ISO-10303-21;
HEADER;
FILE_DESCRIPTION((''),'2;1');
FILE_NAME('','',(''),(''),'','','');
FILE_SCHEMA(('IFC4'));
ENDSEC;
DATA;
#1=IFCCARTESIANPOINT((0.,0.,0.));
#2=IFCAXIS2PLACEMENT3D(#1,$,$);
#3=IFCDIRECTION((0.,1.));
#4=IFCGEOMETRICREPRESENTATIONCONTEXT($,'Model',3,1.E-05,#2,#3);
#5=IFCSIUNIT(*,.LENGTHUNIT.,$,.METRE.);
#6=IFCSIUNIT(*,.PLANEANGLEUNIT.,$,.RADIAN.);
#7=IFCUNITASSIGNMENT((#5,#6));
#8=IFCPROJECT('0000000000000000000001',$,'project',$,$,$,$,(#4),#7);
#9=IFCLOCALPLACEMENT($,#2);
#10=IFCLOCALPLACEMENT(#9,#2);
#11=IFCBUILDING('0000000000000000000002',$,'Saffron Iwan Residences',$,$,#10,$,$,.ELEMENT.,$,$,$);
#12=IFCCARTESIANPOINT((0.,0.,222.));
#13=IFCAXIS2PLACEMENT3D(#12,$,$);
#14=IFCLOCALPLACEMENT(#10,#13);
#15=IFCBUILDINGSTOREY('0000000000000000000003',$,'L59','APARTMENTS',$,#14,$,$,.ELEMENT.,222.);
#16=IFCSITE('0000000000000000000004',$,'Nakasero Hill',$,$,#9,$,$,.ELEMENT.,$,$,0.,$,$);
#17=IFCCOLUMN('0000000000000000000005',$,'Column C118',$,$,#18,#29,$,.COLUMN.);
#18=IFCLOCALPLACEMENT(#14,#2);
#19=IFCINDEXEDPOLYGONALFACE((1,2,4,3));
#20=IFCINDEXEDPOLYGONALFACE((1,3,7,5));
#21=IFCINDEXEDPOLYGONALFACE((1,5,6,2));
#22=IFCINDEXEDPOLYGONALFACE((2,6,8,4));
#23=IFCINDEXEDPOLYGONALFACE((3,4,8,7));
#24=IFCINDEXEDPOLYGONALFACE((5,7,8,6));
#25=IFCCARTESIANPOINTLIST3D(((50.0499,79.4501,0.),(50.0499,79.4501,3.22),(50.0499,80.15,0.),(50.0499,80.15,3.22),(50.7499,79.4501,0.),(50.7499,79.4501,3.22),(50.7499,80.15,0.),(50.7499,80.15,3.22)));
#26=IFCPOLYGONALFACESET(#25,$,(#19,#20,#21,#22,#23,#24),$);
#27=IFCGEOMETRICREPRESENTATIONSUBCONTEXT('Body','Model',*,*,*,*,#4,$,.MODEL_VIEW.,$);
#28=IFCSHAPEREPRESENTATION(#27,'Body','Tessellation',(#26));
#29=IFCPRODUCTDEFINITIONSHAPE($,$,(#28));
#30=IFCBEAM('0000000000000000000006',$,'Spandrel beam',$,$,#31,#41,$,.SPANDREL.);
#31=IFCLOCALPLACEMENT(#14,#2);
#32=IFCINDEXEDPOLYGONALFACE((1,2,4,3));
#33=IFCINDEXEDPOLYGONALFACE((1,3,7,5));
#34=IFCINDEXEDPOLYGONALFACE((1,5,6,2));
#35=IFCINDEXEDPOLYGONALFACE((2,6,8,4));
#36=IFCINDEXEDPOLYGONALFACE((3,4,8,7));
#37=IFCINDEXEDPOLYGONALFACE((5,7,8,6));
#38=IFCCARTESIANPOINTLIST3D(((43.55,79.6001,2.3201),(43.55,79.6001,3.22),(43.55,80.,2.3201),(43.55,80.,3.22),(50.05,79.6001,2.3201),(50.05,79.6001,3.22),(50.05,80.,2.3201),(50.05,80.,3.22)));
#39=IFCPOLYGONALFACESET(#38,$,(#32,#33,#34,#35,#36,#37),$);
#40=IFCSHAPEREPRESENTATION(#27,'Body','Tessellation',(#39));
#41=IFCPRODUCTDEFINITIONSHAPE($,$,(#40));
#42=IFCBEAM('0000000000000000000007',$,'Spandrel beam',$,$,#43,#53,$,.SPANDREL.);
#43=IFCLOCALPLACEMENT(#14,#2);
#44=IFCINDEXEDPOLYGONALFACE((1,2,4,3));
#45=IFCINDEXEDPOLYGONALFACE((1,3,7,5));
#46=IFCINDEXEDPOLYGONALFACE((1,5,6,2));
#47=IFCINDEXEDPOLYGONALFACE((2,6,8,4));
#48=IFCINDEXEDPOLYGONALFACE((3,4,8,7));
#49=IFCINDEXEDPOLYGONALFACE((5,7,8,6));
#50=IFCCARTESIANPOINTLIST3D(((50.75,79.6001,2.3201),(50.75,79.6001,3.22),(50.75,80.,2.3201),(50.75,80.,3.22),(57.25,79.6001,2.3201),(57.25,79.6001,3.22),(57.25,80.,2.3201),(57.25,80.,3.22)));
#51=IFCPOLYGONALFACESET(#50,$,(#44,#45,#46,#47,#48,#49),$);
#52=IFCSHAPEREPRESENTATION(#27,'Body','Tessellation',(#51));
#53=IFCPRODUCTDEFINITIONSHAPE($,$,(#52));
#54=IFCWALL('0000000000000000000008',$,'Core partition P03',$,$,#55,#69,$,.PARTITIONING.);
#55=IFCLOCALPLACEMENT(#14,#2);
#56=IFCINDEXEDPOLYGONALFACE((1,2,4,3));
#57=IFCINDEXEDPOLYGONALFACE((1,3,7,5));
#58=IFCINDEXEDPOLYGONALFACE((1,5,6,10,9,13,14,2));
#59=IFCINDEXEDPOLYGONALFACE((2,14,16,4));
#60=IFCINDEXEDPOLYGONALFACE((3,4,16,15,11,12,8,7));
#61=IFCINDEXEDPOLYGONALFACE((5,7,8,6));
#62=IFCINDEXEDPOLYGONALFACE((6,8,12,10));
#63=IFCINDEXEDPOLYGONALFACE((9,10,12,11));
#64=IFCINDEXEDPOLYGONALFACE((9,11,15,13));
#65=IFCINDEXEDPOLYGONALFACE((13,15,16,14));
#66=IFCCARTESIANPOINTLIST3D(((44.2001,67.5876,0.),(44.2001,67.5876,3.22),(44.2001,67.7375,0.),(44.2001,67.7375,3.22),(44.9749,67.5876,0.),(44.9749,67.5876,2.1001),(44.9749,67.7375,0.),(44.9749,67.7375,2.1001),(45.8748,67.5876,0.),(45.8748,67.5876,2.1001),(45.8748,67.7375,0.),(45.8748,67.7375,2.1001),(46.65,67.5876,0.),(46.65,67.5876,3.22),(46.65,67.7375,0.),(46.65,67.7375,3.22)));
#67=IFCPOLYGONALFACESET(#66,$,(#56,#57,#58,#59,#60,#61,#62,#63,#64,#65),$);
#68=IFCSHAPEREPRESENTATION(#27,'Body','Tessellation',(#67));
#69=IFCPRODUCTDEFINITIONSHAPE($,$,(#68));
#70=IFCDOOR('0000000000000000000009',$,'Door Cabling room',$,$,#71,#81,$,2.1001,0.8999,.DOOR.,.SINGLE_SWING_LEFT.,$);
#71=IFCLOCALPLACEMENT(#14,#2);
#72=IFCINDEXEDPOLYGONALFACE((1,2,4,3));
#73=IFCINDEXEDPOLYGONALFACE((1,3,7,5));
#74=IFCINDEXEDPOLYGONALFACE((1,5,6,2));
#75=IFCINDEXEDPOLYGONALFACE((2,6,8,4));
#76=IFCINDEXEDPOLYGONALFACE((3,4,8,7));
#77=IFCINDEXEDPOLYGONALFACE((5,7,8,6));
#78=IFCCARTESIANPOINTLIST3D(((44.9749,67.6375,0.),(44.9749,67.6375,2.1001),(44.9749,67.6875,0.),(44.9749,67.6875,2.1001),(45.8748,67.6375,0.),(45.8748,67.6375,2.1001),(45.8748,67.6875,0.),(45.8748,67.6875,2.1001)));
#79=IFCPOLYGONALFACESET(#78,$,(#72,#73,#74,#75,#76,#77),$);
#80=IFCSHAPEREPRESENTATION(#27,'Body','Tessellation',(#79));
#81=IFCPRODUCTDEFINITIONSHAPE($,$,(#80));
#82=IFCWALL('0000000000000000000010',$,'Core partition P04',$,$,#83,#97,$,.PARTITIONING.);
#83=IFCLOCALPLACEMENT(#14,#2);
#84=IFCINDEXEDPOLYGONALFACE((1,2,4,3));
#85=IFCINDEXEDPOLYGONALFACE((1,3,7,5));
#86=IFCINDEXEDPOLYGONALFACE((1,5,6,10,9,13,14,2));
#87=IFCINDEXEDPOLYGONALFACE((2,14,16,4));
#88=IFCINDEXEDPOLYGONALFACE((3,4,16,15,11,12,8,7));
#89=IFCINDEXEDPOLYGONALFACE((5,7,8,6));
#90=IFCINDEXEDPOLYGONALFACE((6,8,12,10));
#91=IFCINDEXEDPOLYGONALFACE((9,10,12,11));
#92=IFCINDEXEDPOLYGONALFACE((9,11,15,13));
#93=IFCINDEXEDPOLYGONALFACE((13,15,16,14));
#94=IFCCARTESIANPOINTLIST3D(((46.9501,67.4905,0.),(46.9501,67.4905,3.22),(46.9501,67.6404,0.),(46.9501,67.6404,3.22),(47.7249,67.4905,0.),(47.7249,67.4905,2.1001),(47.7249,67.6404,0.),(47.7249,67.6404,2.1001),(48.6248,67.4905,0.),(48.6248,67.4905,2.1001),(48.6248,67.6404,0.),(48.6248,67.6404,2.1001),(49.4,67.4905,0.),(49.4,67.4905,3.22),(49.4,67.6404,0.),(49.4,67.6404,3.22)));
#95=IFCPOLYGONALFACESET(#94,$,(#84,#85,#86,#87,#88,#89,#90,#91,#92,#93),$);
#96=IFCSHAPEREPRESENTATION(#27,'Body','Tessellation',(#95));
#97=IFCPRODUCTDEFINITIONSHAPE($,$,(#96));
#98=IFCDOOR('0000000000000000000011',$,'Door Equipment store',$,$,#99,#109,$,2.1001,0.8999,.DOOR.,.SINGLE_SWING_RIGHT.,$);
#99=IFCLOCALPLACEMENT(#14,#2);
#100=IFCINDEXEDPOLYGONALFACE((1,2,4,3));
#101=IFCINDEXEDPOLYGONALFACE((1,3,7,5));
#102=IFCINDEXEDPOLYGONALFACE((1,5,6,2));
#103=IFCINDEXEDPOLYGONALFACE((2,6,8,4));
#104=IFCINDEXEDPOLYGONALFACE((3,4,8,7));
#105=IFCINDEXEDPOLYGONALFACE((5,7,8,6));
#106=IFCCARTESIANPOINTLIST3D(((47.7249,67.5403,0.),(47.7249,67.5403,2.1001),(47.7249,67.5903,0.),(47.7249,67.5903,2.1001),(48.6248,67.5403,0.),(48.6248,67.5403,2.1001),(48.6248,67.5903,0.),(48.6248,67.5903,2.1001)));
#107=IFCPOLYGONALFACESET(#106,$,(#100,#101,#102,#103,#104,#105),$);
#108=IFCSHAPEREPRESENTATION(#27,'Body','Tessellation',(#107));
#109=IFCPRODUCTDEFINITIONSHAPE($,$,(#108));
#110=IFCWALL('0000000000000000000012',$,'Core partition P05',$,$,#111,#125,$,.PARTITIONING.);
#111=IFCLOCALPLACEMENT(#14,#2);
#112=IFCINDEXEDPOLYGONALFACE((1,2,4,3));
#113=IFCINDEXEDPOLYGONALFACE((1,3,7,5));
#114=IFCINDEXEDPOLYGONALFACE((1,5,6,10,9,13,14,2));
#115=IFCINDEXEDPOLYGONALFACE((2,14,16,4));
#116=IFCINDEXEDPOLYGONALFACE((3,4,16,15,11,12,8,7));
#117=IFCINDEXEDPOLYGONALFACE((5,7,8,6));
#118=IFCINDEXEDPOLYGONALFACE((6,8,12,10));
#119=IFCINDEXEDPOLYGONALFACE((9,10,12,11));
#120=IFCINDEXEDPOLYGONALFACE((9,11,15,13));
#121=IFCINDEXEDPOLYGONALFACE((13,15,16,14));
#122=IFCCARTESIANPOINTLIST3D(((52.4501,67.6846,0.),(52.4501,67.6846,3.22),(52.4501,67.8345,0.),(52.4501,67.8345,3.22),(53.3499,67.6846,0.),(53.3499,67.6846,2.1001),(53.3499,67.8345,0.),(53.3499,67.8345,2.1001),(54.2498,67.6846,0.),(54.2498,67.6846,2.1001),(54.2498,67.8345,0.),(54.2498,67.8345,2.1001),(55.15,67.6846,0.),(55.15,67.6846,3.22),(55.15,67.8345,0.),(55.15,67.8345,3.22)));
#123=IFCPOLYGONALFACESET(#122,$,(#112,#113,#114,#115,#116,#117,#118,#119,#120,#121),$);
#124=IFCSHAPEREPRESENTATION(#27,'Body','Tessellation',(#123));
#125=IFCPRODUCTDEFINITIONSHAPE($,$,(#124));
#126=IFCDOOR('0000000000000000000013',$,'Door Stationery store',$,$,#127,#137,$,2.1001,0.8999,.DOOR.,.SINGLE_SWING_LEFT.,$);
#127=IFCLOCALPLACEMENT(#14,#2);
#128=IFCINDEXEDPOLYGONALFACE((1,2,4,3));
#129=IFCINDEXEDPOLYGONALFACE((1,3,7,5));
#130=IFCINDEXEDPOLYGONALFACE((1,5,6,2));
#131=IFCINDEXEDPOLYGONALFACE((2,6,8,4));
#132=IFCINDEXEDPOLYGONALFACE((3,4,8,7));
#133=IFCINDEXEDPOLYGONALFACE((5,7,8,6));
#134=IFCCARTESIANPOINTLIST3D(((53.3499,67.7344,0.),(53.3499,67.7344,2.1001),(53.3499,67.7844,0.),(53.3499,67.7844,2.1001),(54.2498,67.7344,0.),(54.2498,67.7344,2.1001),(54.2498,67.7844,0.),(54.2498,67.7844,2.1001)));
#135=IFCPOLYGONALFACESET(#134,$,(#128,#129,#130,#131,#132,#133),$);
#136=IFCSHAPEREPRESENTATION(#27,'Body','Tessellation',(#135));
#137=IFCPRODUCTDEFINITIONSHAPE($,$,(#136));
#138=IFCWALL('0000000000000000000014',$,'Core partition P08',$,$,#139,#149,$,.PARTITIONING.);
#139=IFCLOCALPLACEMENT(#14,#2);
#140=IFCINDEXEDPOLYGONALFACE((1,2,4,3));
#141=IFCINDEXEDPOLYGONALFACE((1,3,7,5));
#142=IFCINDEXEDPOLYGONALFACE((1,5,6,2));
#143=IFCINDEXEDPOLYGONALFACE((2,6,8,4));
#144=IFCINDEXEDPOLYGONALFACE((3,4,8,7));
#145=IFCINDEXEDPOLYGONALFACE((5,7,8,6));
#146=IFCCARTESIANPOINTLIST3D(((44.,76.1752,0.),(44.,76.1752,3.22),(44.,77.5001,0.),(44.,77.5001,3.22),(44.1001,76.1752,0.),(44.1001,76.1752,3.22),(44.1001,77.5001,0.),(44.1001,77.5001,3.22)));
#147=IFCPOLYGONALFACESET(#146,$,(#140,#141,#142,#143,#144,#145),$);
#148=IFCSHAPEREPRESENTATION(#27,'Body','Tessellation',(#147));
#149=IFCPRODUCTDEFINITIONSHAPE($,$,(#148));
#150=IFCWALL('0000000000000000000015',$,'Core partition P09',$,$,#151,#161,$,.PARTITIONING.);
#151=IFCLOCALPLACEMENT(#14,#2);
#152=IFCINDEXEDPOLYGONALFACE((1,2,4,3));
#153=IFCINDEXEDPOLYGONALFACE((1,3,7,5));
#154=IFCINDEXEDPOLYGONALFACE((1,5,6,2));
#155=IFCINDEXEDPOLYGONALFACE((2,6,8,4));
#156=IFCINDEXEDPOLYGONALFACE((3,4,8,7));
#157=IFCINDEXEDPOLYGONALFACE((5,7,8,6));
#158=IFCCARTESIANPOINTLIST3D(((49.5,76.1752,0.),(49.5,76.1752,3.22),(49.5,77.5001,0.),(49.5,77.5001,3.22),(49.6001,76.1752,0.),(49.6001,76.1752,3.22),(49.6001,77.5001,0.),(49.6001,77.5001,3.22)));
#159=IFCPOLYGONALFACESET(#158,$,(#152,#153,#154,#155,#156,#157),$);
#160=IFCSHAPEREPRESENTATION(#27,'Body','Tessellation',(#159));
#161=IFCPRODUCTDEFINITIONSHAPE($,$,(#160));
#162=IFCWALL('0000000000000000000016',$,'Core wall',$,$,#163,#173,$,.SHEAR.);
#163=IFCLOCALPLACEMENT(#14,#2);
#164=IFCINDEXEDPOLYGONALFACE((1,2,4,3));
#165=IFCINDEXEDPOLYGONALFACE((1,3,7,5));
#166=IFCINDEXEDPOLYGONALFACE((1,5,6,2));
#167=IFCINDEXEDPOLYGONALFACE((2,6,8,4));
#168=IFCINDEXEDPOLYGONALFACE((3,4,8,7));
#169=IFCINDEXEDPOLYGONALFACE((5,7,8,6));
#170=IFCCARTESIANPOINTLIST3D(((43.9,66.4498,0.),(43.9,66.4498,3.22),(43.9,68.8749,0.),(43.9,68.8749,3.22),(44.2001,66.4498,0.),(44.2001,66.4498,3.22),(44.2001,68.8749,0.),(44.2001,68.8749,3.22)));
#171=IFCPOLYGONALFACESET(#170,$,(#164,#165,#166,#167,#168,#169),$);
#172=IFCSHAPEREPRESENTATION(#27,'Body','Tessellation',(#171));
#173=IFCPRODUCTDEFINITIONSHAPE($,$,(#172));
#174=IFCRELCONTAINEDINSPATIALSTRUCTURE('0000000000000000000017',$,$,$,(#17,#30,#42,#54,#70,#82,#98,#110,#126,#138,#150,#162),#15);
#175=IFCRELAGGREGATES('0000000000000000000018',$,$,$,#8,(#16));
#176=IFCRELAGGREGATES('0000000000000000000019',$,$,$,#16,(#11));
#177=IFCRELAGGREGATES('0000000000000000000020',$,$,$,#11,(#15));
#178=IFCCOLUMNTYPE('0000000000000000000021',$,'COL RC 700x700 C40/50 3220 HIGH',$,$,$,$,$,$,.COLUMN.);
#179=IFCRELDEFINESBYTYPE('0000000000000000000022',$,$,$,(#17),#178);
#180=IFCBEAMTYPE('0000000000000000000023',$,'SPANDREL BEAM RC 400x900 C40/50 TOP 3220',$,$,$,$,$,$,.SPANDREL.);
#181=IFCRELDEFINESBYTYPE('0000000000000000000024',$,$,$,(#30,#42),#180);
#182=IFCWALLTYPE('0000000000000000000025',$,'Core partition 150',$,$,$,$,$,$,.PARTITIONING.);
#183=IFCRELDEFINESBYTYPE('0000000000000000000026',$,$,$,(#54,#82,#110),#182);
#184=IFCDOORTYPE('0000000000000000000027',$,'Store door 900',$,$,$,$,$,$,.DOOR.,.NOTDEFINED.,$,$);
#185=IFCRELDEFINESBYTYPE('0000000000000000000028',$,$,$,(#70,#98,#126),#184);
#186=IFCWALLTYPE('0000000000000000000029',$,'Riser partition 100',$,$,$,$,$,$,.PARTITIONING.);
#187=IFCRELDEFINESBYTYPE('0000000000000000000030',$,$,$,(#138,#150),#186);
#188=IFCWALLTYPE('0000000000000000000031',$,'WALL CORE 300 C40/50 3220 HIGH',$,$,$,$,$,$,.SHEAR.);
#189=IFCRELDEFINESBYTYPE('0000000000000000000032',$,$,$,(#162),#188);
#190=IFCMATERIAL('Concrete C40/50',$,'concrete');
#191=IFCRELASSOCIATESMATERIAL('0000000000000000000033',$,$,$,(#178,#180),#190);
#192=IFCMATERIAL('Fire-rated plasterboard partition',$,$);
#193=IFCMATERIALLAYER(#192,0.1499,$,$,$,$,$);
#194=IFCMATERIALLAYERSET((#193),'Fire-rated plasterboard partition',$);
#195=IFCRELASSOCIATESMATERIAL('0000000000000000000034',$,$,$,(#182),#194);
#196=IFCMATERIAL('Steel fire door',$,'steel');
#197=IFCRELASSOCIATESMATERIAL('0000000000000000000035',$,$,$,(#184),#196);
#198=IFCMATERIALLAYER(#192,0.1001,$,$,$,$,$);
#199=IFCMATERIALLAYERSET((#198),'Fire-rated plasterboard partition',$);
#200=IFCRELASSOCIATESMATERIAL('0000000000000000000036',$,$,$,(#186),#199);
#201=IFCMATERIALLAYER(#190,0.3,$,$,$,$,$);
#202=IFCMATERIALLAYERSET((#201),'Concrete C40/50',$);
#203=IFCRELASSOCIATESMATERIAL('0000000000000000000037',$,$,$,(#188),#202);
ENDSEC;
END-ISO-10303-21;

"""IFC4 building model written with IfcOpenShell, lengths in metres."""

from ifc_helpers import new_model, si_unit, direction, frame, frame_2d, origin, origin_2d, place, context, subcontext, project, spatial, rectangle, extrude, source, transform, mapped, material, layer, layer_set, material_profile, profile_set, type_object, element, fill, save


model = new_model("IFC4")

# Units and contexts
model_context = context("Model", 3, precision=1e-05, world=origin(), true_north=direction((0.0, 1.0)))
body_context = subcontext(model_context, "Body", "Model", "MODEL_VIEW")
ifc_project = project(units=[si_unit("LENGTHUNIT", "METRE"), si_unit("PLANEANGLEUNIT", "RADIAN")], contexts=[model_context])

# Site, building, storey
site_placement = place(None, origin())
site = spatial("IfcSite", under=ifc_project, at=site_placement, Name="Nakasero Hill", CompositionType="ELEMENT", RefElevation=0.0)
building_placement = place(site_placement, origin())
building = spatial("IfcBuilding", under=site, at=building_placement, Name="Saffron Iwan Residences", CompositionType="ELEMENT")
storey_placement = place(building_placement, frame((0.0, 0.0, 222.0)))
storey = spatial("IfcBuildingStorey", under=building, at=storey_placement, Name="L59", Description="APARTMENTS", CompositionType="ELEMENT", Elevation=222.0)

# Column
ifc_material_1 = material(Name="Concrete C40/50", Category="concrete")
ifc_material_profile_1 = material_profile(ifc_material_1, rectangle(XDim=0.7, YDim=0.7, at=origin_2d()), Name="RC 700x700")
ifc_profile_set_1 = profile_set([ifc_material_profile_1], Name="Concrete C40/50")
column_type = type_object("IfcColumnType", Name="COL RC 700x700 C40/50 3220 HIGH", PredefinedType="COLUMN", material=ifc_profile_set_1)
shared_shape_1 = source(origin(), body_context, "Body", "SweptSolid", [
    extrude(rectangle(XDim=0.7, YDim=0.7, at=origin_2d()), origin(), (0.0, 0.0, 1.0), 3.22),
])
column_placement = place(storey_placement, frame((50.3999, 79.8, 0.0), z_axis=(0.0, 0.0, 1.0), x_axis=(1.0, 0.0, 0.0)))
element("IfcColumn", 1, at=column_placement, inside=storey, type_object=column_type, Name="Column C118", PredefinedType="COLUMN", context=body_context, shape_type="MappedRepresentation", body=[
    mapped(shared_shape_1, transform((0.0, 0.0, 0.0))),
])

# Beams
ifc_material_profile_2 = material_profile(ifc_material_1, rectangle(XDim=0.3999, YDim=0.8999, at=origin_2d()), Name="RC 400x900")
ifc_profile_set_2 = profile_set([ifc_material_profile_2], Name="Concrete C40/50")
beam_type = type_object("IfcBeamType", Name="SPANDREL BEAM RC 400x900 C40/50 TOP 3220", PredefinedType="SPANDREL", material=ifc_profile_set_2)
shared_shape_2 = source(origin(), body_context, "Body", "SweptSolid", [
    extrude(rectangle(XDim=0.3999, YDim=0.8999, at=origin_2d()), origin(), (0.0, 0.0, 1.0), 6.5),
])
for number, where, z_axis, x_axis, name in (
    (2, (43.55, 79.8, 2.77), (1.0, 0.0, 0.0), (0.0, 1.0, 0.0), "Spandrel beam"),
    (3, (50.75, 79.8, 2.77), (1.0, 0.0, 0.0), (0.0, 1.0, 0.0), "Spandrel beam"),
):
    element("IfcBeam", number, at=place(storey_placement, frame(where, z_axis=z_axis, x_axis=x_axis)), inside=storey, type_object=beam_type, Name=name, PredefinedType="SPANDREL", context=body_context, shape_type="MappedRepresentation", body=[
        mapped(shared_shape_2, transform((0.0, 0.0, 0.0))),
    ])

# Walls, openings, doors
ifc_material_2 = material(Name="Fire-rated plasterboard partition")
ifc_layer_1 = layer(ifc_material_2, 0.1499)
ifc_layer_set_1 = layer_set([ifc_layer_1], Name="Fire-rated plasterboard partition")
wall_type_1 = type_object("IfcWallType", Name="Core partition 150", PredefinedType="PARTITIONING", material=ifc_layer_set_1)
wall_1_placement = place(storey_placement, frame((44.2, 67.6626, 0.0), z_axis=(0.0, 0.0, 1.0), x_axis=(1.0, 0.0, 0.0)))
wall_1 = element("IfcWall", 4, at=wall_1_placement, inside=storey, type_object=wall_type_1, Name="Core partition P03", PredefinedType="PARTITIONING", context=body_context, shape_type="SweptSolid", body=[
    extrude(rectangle(XDim=2.45, YDim=0.1499, at=frame_2d((1.2251, 0.0))), origin(), (0.0, 0.0, 1.0), 3.22),
])
opening_1_placement = place(wall_1_placement, frame((0.7749, 0.0, 0.0)))
opening_1 = element("IfcOpeningElement", 5, at=opening_1_placement, cuts=wall_1, PredefinedType="OPENING", context=body_context, shape_type="SweptSolid", body=[
    extrude(rectangle(XDim=0.8999, YDim=2.1001, at=frame_2d((0.45, 1.05))), frame((0.0, 0.085, 0.0), z_axis=(0.0, -1.0, 0.0), x_axis=(1.0, 0.0, 0.0)), (0.0, 0.0, 1.0), 0.1699),
])
ifc_material_3 = material(Name="Steel fire door", Category="steel")
door_type = type_object("IfcDoorType", Name="Store door 900", OperationType="NOTDEFINED", PredefinedType="DOOR", material=ifc_material_3)
door_1_placement = place(opening_1_placement, origin())
door_1 = element("IfcDoor", 6, at=door_1_placement, inside=storey, type_object=door_type, Name="Door Cabling room", OperationType="SINGLE_SWING_LEFT", OverallHeight=2.1001, OverallWidth=0.8999, PredefinedType="DOOR", context=body_context, shape_type="SweptSolid", body=[
    extrude(rectangle(XDim=0.8999, YDim=2.1001, at=frame_2d((0.45, 1.05))), frame((0.0, 0.0249, 0.0), z_axis=(0.0, -1.0, 0.0), x_axis=(1.0, 0.0, 0.0)), (0.0, 0.0, 1.0), 0.05),
])
fill(opening_1, door_1)
wall_2_placement = place(storey_placement, frame((46.95, 67.5654, 0.0), z_axis=(0.0, 0.0, 1.0), x_axis=(1.0, 0.0, 0.0)))
wall_2 = element("IfcWall", 7, at=wall_2_placement, inside=storey, type_object=wall_type_1, Name="Core partition P04", PredefinedType="PARTITIONING", context=body_context, shape_type="SweptSolid", body=[
    extrude(rectangle(XDim=2.45, YDim=0.1499, at=frame_2d((1.2251, 0.0))), origin(), (0.0, 0.0, 1.0), 3.22),
])
opening_2_placement = place(wall_2_placement, frame((0.7749, 0.0, 0.0)))
opening_2 = element("IfcOpeningElement", 8, at=opening_2_placement, cuts=wall_2, PredefinedType="OPENING", context=body_context, shape_type="SweptSolid", body=[
    extrude(rectangle(XDim=0.8999, YDim=2.1001, at=frame_2d((0.45, 1.05))), frame((0.0, 0.085, 0.0), z_axis=(0.0, -1.0, 0.0), x_axis=(1.0, 0.0, 0.0)), (0.0, 0.0, 1.0), 0.1699),
])
door_2_placement = place(opening_2_placement, origin())
door_2 = element("IfcDoor", 9, at=door_2_placement, inside=storey, type_object=door_type, Name="Door Equipment store", OperationType="SINGLE_SWING_RIGHT", OverallHeight=2.1001, OverallWidth=0.8999, PredefinedType="DOOR", context=body_context, shape_type="SweptSolid", body=[
    extrude(rectangle(XDim=0.8999, YDim=2.1001, at=frame_2d((0.45, 1.05))), frame((0.0, 0.0249, 0.0), z_axis=(0.0, -1.0, 0.0), x_axis=(1.0, 0.0, 0.0)), (0.0, 0.0, 1.0), 0.05),
])
fill(opening_2, door_2)
wall_3_placement = place(storey_placement, frame((52.45, 67.7595, 0.0), z_axis=(0.0, 0.0, 1.0), x_axis=(1.0, 0.0, 0.0)))
wall_3 = element("IfcWall", 10, at=wall_3_placement, inside=storey, type_object=wall_type_1, Name="Core partition P05", PredefinedType="PARTITIONING", context=body_context, shape_type="SweptSolid", body=[
    extrude(rectangle(XDim=2.7, YDim=0.1499, at=frame_2d((1.3501, 0.0))), origin(), (0.0, 0.0, 1.0), 3.22),
])
opening_3_placement = place(wall_3_placement, frame((0.8999, 0.0, 0.0)))
opening_3 = element("IfcOpeningElement", 11, at=opening_3_placement, cuts=wall_3, PredefinedType="OPENING", context=body_context, shape_type="SweptSolid", body=[
    extrude(rectangle(XDim=0.8999, YDim=2.1001, at=frame_2d((0.45, 1.05))), frame((0.0, 0.085, 0.0), z_axis=(0.0, -1.0, 0.0), x_axis=(1.0, 0.0, 0.0)), (0.0, 0.0, 1.0), 0.1699),
])
door_3_placement = place(opening_3_placement, origin())
door_3 = element("IfcDoor", 12, at=door_3_placement, inside=storey, type_object=door_type, Name="Door Stationery store", OperationType="SINGLE_SWING_LEFT", OverallHeight=2.1001, OverallWidth=0.8999, PredefinedType="DOOR", context=body_context, shape_type="SweptSolid", body=[
    extrude(rectangle(XDim=0.8999, YDim=2.1001, at=frame_2d((0.45, 1.05))), frame((0.0, 0.0249, 0.0), z_axis=(0.0, -1.0, 0.0), x_axis=(1.0, 0.0, 0.0)), (0.0, 0.0, 1.0), 0.05),
])
fill(opening_3, door_3)

# Walls
ifc_layer_2 = layer(ifc_material_2, 0.1001)
ifc_layer_set_2 = layer_set([ifc_layer_2], Name="Fire-rated plasterboard partition")
wall_type_2 = type_object("IfcWallType", Name="Riser partition 100", PredefinedType="PARTITIONING", material=ifc_layer_set_2)
for number, where, z_axis, x_axis, name in (
    (13, (44.05, 76.175, 0.0), (0.0, 0.0, 1.0), (0.0, 1.0, 0.0), "Core partition P08"),
    (14, (49.55, 76.175, 0.0), (0.0, 0.0, 1.0), (0.0, 1.0, 0.0), "Core partition P09"),
):
    element("IfcWall", number, at=place(storey_placement, frame(where, z_axis=z_axis, x_axis=x_axis)), inside=storey, type_object=wall_type_2, Name=name, PredefinedType="PARTITIONING", context=body_context, shape_type="SweptSolid", body=[
        extrude(rectangle(XDim=1.325, YDim=0.1001, at=frame_2d((0.6626, 0.0))), origin(), (0.0, 0.0, 1.0), 3.22),
    ])
ifc_layer_3 = layer(ifc_material_1, 0.3)
ifc_layer_set_3 = layer_set([ifc_layer_3], Name="Concrete C40/50")
wall_type_3 = type_object("IfcWallType", Name="WALL CORE 300 C40/50 3220 HIGH", PredefinedType="SHEAR", material=ifc_layer_set_3)
for number, where, z_axis, x_axis, name in (
    (15, (44.05, 66.45, 0.0), (0.0, 0.0, 1.0), (0.0, 1.0, 0.0), "Core wall"),
):
    element("IfcWall", number, at=place(storey_placement, frame(where, z_axis=z_axis, x_axis=x_axis)), inside=storey, type_object=wall_type_3, Name=name, PredefinedType="SHEAR", context=body_context, shape_type="SweptSolid", body=[
        extrude(rectangle(XDim=2.425, YDim=0.3, at=frame_2d((1.2124, 0.0))), origin(), (0.0, 0.0, 1.0), 3.22),
    ])

save(model, "model.ifc")
